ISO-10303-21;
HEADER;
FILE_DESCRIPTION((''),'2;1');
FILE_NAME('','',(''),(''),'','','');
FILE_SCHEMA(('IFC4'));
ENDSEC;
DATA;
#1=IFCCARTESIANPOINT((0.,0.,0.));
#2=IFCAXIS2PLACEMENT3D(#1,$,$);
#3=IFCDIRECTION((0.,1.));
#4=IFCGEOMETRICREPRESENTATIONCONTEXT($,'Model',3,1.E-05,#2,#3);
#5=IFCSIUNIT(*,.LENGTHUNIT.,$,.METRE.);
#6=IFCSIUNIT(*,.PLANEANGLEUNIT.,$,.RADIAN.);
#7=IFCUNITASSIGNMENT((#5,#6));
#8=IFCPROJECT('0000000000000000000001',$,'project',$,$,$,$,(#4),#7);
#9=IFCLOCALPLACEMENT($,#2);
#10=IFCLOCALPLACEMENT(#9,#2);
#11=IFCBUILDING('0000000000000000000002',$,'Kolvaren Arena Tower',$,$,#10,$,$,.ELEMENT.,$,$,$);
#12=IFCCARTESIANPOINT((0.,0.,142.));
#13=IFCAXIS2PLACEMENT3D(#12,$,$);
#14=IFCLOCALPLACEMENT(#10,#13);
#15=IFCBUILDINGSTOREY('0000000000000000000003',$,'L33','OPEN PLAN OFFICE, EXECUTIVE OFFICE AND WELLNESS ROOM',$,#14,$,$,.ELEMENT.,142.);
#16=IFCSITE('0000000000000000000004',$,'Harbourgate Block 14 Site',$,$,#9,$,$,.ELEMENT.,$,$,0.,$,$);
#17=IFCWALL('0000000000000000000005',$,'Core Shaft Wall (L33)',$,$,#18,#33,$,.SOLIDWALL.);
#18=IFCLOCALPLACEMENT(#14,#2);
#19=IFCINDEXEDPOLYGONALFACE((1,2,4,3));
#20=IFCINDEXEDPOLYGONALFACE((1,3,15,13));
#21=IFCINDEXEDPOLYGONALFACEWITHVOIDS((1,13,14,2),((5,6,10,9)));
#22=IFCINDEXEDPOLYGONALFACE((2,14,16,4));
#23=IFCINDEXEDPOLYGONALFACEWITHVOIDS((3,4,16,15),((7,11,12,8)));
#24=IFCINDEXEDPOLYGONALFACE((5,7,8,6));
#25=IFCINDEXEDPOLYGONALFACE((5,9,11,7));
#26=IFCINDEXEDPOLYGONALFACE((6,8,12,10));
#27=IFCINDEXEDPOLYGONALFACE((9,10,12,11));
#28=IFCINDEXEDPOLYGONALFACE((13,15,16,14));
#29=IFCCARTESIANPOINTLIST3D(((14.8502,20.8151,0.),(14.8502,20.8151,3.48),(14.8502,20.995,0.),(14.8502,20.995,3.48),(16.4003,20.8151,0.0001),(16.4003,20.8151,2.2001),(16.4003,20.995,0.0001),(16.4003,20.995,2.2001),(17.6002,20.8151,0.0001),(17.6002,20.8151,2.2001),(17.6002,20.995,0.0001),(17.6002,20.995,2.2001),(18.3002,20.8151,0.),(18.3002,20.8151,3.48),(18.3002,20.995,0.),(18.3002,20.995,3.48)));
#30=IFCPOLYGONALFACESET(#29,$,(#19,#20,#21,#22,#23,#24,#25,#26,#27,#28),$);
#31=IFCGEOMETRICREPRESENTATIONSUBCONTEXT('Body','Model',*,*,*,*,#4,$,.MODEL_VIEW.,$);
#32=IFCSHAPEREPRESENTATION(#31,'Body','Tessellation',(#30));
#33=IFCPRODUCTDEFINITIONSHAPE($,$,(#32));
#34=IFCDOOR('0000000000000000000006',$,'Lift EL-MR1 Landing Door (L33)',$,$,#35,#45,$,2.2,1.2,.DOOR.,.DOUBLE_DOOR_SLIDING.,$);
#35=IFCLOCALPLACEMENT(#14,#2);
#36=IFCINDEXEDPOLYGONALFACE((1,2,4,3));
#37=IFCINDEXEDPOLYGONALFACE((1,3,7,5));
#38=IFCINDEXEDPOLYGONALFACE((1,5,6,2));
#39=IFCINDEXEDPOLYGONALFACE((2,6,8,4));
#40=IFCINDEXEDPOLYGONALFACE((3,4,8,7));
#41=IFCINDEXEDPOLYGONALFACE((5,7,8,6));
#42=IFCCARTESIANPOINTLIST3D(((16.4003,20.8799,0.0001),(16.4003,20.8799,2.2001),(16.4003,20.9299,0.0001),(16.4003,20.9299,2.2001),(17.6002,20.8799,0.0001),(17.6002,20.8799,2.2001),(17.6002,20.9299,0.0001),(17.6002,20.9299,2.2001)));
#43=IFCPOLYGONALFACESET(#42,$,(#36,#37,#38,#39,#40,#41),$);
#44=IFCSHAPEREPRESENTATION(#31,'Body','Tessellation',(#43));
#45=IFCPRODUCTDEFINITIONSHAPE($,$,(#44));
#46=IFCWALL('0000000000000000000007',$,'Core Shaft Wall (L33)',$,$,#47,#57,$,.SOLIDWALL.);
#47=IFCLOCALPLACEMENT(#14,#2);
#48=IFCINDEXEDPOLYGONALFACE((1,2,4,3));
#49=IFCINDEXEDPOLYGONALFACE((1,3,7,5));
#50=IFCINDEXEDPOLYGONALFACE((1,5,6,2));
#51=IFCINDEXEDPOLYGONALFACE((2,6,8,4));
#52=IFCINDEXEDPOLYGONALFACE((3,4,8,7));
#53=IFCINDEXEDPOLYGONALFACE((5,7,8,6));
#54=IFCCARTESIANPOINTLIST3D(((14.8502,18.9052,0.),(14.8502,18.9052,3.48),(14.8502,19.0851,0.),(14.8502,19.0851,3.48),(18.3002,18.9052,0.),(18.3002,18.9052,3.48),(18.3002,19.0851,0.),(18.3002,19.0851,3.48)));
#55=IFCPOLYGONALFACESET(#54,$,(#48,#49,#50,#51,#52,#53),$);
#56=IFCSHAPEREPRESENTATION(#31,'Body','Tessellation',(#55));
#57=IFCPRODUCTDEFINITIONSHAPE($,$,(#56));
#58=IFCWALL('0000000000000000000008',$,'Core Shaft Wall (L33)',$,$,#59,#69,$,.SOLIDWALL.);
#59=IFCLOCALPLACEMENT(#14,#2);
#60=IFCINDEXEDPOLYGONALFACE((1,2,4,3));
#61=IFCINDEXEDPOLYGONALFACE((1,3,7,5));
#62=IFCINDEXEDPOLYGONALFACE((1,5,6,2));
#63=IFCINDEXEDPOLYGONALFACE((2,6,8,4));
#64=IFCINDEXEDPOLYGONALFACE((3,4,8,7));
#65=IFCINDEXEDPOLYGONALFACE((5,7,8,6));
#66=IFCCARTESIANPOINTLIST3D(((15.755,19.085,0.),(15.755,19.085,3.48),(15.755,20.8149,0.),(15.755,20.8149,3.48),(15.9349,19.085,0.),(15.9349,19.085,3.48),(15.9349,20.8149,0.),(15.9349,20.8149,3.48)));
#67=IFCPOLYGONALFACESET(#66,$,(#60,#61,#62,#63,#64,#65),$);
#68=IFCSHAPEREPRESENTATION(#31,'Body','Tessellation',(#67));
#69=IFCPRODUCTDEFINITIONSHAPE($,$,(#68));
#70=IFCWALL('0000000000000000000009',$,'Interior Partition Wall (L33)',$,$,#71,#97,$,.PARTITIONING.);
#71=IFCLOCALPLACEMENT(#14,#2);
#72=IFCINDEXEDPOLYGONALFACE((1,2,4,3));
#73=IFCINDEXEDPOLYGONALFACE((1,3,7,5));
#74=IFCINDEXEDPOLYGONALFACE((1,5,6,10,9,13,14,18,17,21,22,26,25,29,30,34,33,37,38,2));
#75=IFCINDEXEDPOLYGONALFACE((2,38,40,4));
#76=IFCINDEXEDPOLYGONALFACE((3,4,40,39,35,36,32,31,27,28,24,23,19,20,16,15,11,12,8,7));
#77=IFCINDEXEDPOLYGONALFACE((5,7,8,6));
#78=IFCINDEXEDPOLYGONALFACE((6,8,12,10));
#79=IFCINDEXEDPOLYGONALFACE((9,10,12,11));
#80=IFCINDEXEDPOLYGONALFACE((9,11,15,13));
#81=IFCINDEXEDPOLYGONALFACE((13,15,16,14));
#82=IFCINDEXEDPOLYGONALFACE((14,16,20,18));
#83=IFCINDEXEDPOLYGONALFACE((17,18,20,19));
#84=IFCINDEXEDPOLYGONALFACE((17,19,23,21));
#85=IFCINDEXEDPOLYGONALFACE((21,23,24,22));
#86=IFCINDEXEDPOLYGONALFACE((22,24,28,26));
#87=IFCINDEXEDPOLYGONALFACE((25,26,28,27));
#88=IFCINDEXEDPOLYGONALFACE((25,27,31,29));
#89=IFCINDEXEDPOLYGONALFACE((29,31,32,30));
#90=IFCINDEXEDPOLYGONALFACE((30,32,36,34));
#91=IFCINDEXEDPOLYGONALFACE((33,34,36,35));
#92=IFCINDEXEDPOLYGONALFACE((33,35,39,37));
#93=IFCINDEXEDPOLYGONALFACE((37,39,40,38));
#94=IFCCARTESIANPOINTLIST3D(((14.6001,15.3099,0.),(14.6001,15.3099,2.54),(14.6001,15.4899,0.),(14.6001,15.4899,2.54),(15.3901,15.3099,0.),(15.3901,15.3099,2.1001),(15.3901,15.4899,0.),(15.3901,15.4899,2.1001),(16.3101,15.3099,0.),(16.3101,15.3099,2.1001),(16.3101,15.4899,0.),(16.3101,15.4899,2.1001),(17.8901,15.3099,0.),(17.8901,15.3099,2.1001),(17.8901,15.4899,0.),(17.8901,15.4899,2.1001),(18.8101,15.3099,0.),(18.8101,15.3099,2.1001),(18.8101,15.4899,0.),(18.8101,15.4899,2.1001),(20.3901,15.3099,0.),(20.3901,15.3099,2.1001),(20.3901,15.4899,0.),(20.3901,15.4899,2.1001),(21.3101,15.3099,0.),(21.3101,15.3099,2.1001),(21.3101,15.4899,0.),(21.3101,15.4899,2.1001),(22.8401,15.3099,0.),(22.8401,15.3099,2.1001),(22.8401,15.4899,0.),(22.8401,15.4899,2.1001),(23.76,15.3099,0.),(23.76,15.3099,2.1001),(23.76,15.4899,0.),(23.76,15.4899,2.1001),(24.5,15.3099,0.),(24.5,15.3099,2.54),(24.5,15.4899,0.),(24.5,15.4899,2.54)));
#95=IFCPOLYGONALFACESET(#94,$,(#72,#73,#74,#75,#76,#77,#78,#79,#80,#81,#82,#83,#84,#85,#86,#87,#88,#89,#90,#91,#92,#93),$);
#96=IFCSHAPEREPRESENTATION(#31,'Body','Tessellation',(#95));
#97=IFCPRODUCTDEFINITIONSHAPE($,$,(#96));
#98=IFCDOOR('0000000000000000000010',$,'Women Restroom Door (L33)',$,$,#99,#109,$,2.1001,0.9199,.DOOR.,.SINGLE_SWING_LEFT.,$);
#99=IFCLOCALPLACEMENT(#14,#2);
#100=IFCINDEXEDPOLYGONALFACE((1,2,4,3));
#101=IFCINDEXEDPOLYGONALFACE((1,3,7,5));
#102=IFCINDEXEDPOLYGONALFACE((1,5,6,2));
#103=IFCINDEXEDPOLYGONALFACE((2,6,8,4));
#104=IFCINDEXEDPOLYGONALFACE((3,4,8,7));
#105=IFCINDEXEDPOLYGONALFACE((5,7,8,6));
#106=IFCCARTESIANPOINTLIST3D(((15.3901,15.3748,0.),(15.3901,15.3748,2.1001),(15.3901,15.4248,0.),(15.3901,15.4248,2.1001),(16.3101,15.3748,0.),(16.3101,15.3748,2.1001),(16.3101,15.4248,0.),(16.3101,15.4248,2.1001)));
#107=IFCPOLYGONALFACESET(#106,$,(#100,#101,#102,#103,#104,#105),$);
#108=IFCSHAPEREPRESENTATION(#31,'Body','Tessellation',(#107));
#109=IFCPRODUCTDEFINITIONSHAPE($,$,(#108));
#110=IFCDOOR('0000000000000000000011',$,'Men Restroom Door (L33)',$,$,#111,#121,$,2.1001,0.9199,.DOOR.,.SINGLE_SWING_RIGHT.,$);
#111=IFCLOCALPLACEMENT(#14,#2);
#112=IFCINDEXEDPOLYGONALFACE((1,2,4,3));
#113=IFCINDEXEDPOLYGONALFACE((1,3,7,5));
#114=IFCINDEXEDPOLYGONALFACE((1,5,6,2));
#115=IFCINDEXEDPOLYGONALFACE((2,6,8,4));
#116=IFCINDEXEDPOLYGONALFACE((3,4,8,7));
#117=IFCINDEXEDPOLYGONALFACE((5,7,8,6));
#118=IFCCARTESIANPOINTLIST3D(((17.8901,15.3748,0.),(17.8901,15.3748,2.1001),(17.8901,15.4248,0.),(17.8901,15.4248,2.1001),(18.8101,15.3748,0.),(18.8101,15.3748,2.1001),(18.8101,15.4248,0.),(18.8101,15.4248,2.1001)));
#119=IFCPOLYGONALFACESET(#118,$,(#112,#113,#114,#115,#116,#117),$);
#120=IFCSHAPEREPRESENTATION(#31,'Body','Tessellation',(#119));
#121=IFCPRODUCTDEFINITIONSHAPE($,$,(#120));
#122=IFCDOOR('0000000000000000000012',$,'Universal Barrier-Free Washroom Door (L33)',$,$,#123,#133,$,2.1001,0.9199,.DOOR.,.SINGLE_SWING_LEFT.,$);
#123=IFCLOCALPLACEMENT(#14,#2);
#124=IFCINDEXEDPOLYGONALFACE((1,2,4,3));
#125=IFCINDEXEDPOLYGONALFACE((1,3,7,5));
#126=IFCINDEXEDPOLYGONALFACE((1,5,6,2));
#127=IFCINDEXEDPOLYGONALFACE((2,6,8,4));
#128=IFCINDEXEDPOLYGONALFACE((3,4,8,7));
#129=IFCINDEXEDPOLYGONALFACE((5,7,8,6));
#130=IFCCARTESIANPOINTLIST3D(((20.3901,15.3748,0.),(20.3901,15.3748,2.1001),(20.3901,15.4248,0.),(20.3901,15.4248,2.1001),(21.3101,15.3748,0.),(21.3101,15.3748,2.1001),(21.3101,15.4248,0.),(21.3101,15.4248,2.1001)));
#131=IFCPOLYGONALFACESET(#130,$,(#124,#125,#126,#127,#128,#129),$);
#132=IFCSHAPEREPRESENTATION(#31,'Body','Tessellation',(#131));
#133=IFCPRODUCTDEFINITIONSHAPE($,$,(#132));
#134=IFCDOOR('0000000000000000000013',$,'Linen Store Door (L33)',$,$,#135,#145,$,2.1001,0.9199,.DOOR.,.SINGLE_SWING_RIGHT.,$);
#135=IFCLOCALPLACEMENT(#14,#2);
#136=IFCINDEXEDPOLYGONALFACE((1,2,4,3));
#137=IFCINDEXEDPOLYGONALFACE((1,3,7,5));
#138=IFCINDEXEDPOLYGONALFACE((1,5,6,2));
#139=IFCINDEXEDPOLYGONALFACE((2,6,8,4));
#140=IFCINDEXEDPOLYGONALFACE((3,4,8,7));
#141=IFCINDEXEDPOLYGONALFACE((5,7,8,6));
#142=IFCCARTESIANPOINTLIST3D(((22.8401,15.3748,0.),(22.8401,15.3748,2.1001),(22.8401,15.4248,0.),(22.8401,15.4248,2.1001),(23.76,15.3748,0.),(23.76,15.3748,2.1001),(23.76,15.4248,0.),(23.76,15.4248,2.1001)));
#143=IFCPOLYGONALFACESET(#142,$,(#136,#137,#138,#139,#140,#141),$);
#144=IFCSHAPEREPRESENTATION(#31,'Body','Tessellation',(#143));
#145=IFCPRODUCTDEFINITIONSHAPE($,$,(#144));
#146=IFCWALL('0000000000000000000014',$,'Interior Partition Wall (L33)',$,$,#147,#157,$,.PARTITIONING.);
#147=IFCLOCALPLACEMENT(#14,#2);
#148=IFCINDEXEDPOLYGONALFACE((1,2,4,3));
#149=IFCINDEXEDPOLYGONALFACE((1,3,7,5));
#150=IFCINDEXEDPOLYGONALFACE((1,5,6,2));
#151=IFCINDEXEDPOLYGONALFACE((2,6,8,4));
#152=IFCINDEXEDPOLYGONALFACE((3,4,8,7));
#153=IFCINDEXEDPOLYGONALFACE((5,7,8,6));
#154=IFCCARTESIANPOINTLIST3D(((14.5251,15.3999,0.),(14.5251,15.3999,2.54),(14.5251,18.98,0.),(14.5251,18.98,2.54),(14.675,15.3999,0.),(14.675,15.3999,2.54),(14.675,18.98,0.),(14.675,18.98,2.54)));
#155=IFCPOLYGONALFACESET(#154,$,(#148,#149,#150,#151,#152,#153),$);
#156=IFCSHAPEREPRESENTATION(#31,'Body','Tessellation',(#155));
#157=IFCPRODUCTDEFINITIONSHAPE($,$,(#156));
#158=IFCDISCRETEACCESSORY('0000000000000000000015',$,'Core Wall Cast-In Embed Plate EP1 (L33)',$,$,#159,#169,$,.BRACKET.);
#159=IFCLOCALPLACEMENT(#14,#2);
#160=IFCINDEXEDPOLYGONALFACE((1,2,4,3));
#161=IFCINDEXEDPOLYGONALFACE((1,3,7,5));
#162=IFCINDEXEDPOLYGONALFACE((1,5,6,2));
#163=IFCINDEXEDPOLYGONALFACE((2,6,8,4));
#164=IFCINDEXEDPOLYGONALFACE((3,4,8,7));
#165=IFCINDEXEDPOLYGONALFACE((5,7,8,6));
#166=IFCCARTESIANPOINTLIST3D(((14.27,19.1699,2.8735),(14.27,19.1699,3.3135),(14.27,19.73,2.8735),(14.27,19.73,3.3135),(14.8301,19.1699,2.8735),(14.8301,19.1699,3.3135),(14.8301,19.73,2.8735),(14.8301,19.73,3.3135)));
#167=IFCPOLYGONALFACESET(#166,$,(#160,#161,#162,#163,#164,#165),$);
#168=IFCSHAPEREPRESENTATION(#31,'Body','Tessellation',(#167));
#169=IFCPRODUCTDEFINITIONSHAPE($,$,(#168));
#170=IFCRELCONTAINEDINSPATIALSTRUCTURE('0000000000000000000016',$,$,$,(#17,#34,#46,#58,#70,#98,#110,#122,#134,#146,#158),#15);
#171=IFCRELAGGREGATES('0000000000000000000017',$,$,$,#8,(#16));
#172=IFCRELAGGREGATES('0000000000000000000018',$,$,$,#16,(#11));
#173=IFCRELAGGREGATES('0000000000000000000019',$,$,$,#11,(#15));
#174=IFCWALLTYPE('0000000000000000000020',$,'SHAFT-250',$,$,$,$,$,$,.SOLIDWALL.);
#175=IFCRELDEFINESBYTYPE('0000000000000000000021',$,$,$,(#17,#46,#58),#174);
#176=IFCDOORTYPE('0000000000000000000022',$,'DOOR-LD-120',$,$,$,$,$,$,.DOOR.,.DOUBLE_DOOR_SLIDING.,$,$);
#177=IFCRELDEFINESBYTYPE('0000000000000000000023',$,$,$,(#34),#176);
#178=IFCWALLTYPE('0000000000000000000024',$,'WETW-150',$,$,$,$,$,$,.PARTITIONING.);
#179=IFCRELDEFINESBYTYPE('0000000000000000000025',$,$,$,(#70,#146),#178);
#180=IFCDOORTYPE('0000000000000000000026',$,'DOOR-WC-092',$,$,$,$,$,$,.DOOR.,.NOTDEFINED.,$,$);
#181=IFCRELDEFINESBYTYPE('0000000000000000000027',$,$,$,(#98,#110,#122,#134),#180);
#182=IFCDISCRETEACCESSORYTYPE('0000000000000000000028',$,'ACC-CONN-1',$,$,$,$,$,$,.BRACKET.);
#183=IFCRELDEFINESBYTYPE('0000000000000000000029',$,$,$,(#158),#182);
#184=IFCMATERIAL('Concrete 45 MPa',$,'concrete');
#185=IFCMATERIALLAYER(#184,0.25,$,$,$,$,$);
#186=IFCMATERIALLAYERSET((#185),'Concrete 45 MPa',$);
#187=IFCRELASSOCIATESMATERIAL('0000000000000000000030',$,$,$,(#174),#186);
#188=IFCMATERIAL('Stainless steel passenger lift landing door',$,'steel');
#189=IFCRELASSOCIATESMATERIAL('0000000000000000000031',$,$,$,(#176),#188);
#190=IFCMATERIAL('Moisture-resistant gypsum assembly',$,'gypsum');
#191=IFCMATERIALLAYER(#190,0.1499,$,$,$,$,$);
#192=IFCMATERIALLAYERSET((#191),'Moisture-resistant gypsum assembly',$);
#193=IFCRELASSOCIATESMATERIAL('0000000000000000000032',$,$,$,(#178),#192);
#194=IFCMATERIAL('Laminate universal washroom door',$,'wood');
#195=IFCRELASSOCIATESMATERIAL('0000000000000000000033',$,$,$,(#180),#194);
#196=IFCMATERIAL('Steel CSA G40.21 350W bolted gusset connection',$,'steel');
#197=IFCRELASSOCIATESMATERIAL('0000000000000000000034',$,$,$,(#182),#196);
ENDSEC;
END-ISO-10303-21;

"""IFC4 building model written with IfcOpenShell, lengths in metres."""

from ifc_helpers import new_model, si_unit, direction, frame, frame_2d, origin, origin_2d, place, context, subcontext, project, spatial, rectangle, extrude, material, layer, layer_set, type_object, element, fill, save


model = new_model("IFC4")

# Units and contexts
model_context = context("Model", 3, precision=1e-05, world=origin(), true_north=direction((0.0, 1.0)))
body_context = subcontext(model_context, "Body", "Model", "MODEL_VIEW")
ifc_project = project(units=[si_unit("LENGTHUNIT", "METRE"), si_unit("PLANEANGLEUNIT", "RADIAN")], contexts=[model_context])

# Site, building, storey
site_placement = place(None, origin())
site = spatial("IfcSite", under=ifc_project, at=site_placement, Name="Harbourgate Block 14 Site", CompositionType="ELEMENT", RefElevation=0.0)
building_placement = place(site_placement, origin())
building = spatial("IfcBuilding", under=site, at=building_placement, Name="Kolvaren Arena Tower", CompositionType="ELEMENT")
storey_placement = place(building_placement, frame((0.0, 0.0, 142.0)))
storey = spatial("IfcBuildingStorey", under=building, at=storey_placement, Name="L33", Description="OPEN PLAN OFFICE, EXECUTIVE OFFICE AND WELLNESS ROOM", CompositionType="ELEMENT", Elevation=142.0)

# Wall, opening, door
ifc_material_1 = material(Name="Concrete 45 MPa", Category="concrete")
ifc_layer_1 = layer(ifc_material_1, 0.25)
ifc_layer_set_1 = layer_set([ifc_layer_1], Name="Concrete 45 MPa")
wall_type_1 = type_object("IfcWallType", Name="SHAFT-250", PredefinedType="SOLIDWALL", material=ifc_layer_set_1)
wall_1_placement = place(storey_placement, frame((14.8501, 20.905, 0.0), z_axis=(0.0, 0.0, 1.0), x_axis=(1.0, 0.0, 0.0)))
wall_1 = element("IfcWall", 1, at=wall_1_placement, inside=storey, type_object=wall_type_1, Name="Core Shaft Wall (L33)", PredefinedType="SOLIDWALL", context=body_context, shape_type="SweptSolid", body=[
    extrude(rectangle(XDim=3.45, YDim=0.1799, at=frame_2d((1.7251, 0.0))), origin(), (0.0, 0.0, 1.0), 3.48),
])
opening_1_placement = place(wall_1_placement, frame((1.55, 0.0, 0.0)))
opening_1 = element("IfcOpeningElement", 2, at=opening_1_placement, cuts=wall_1, PredefinedType="OPENING", context=body_context, shape_type="SweptSolid", body=[
    extrude(rectangle(XDim=1.2, YDim=2.2, at=frame_2d((0.6001, 1.1001))), frame((0.0, 0.0999, 0.0), z_axis=(0.0, -1.0, 0.0), x_axis=(1.0, 0.0, 0.0)), (0.0, 0.0, 1.0), 0.2),
])
ifc_material_2 = material(Name="Stainless steel passenger lift landing door", Category="steel")
door_type_1 = type_object("IfcDoorType", Name="DOOR-LD-120", OperationType="DOUBLE_DOOR_SLIDING", PredefinedType="DOOR", material=ifc_material_2)
door_1_placement = place(opening_1_placement, origin())
door_1 = element("IfcDoor", 3, at=door_1_placement, inside=storey, type_object=door_type_1, Name="Lift EL-MR1 Landing Door (L33)", OperationType="DOUBLE_DOOR_SLIDING", OverallHeight=2.2, OverallWidth=1.2, PredefinedType="DOOR", context=body_context, shape_type="SweptSolid", body=[
    extrude(rectangle(XDim=1.2, YDim=2.2, at=frame_2d((0.6001, 1.1001))), frame((0.0, 0.0249, 0.0), z_axis=(0.0, -1.0, 0.0), x_axis=(1.0, 0.0, 0.0)), (0.0, 0.0, 1.0), 0.05),
])
fill(opening_1, door_1)

# Walls
wall_2_placement = place(storey_placement, frame((14.8501, 18.9951, 0.0), z_axis=(0.0, 0.0, 1.0), x_axis=(1.0, 0.0, 0.0)))
element("IfcWall", 4, at=wall_2_placement, inside=storey, type_object=wall_type_1, Name="Core Shaft Wall (L33)", PredefinedType="SOLIDWALL", context=body_context, shape_type="SweptSolid", body=[
    extrude(rectangle(XDim=3.45, YDim=0.1799, at=frame_2d((1.7251, 0.0))), origin(), (0.0, 0.0, 1.0), 3.48),
])
wall_3_placement = place(storey_placement, frame((15.845, 19.085, 0.0), z_axis=(0.0, 0.0, 1.0), x_axis=(0.0, 1.0, 0.0)))
element("IfcWall", 5, at=wall_3_placement, inside=storey, type_object=wall_type_1, Name="Core Shaft Wall (L33)", PredefinedType="SOLIDWALL", context=body_context, shape_type="SweptSolid", body=[
    extrude(rectangle(XDim=1.73, YDim=0.1799, at=frame_2d((0.865, 0.0))), origin(), (0.0, 0.0, 1.0), 3.48),
])

# Wall, openings, doors
ifc_material_3 = material(Name="Moisture-resistant gypsum assembly", Category="gypsum")
ifc_layer_2 = layer(ifc_material_3, 0.1499)
ifc_layer_set_2 = layer_set([ifc_layer_2], Name="Moisture-resistant gypsum assembly")
wall_type_2 = type_object("IfcWallType", Name="WETW-150", PredefinedType="PARTITIONING", material=ifc_layer_set_2)
wall_4_placement = place(storey_placement, frame((14.6001, 15.3999, 0.0), z_axis=(0.0, 0.0, 1.0), x_axis=(1.0, 0.0, 0.0)))
wall_4 = element("IfcWall", 6, at=wall_4_placement, inside=storey, type_object=wall_type_2, Name="Interior Partition Wall (L33)", PredefinedType="PARTITIONING", context=body_context, shape_type="SweptSolid", body=[
    extrude(rectangle(XDim=9.8999, YDim=0.1799, at=frame_2d((4.95, 0.0))), origin(), (0.0, 0.0, 1.0), 2.54),
])
opening_2_placement = place(wall_4_placement, frame((0.79, 0.0, 0.0)))
opening_2 = element("IfcOpeningElement", 7, at=opening_2_placement, cuts=wall_4, PredefinedType="OPENING", context=body_context, shape_type="SweptSolid", body=[
    extrude(rectangle(XDim=0.9199, YDim=2.1001, at=frame_2d((0.46, 1.05))), frame((0.0, 0.0999, 0.0), z_axis=(0.0, -1.0, 0.0), x_axis=(1.0, 0.0, 0.0)), (0.0, 0.0, 1.0), 0.2),
])
opening_3_placement = place(wall_4_placement, frame((3.29, 0.0, 0.0)))
opening_3 = element("IfcOpeningElement", 8, at=opening_3_placement, cuts=wall_4, PredefinedType="OPENING", context=body_context, shape_type="SweptSolid", body=[
    extrude(rectangle(XDim=0.9199, YDim=2.1001, at=frame_2d((0.46, 1.05))), frame((0.0, 0.0999, 0.0), z_axis=(0.0, -1.0, 0.0), x_axis=(1.0, 0.0, 0.0)), (0.0, 0.0, 1.0), 0.2),
])
opening_4_placement = place(wall_4_placement, frame((5.79, 0.0, 0.0)))
opening_4 = element("IfcOpeningElement", 9, at=opening_4_placement, cuts=wall_4, PredefinedType="OPENING", context=body_context, shape_type="SweptSolid", body=[
    extrude(rectangle(XDim=0.9199, YDim=2.1001, at=frame_2d((0.46, 1.05))), frame((0.0, 0.0999, 0.0), z_axis=(0.0, -1.0, 0.0), x_axis=(1.0, 0.0, 0.0)), (0.0, 0.0, 1.0), 0.2),
])
opening_5_placement = place(wall_4_placement, frame((8.24, 0.0, 0.0)))
opening_5 = element("IfcOpeningElement", 10, at=opening_5_placement, cuts=wall_4, PredefinedType="OPENING", context=body_context, shape_type="SweptSolid", body=[
    extrude(rectangle(XDim=0.9199, YDim=2.1001, at=frame_2d((0.46, 1.05))), frame((0.0, 0.0999, 0.0), z_axis=(0.0, -1.0, 0.0), x_axis=(1.0, 0.0, 0.0)), (0.0, 0.0, 1.0), 0.2),
])
ifc_material_4 = material(Name="Laminate universal washroom door", Category="wood")
door_type_2 = type_object("IfcDoorType", Name="DOOR-WC-092", OperationType="NOTDEFINED", PredefinedType="DOOR", material=ifc_material_4)
door_2_placement = place(opening_2_placement, origin())
door_2 = element("IfcDoor", 11, at=door_2_placement, inside=storey, type_object=door_type_2, Name="Women Restroom Door (L33)", OperationType="SINGLE_SWING_LEFT", OverallHeight=2.1001, OverallWidth=0.9199, PredefinedType="DOOR", context=body_context, shape_type="SweptSolid", body=[
    extrude(rectangle(XDim=0.9199, YDim=2.1001, at=frame_2d((0.46, 1.05))), frame((0.0, 0.0249, 0.0), z_axis=(0.0, -1.0, 0.0), x_axis=(1.0, 0.0, 0.0)), (0.0, 0.0, 1.0), 0.05),
])
fill(opening_2, door_2)
door_3_placement = place(opening_3_placement, origin())
door_3 = element("IfcDoor", 12, at=door_3_placement, inside=storey, type_object=door_type_2, Name="Men Restroom Door (L33)", OperationType="SINGLE_SWING_RIGHT", OverallHeight=2.1001, OverallWidth=0.9199, PredefinedType="DOOR", context=body_context, shape_type="SweptSolid", body=[
    extrude(rectangle(XDim=0.9199, YDim=2.1001, at=frame_2d((0.46, 1.05))), frame((0.0, 0.0249, 0.0), z_axis=(0.0, -1.0, 0.0), x_axis=(1.0, 0.0, 0.0)), (0.0, 0.0, 1.0), 0.05),
])
fill(opening_3, door_3)
door_4_placement = place(opening_4_placement, origin())
door_4 = element("IfcDoor", 13, at=door_4_placement, inside=storey, type_object=door_type_2, Name="Universal Barrier-Free Washroom Door (L33)", OperationType="SINGLE_SWING_LEFT", OverallHeight=2.1001, OverallWidth=0.9199, PredefinedType="DOOR", context=body_context, shape_type="SweptSolid", body=[
    extrude(rectangle(XDim=0.9199, YDim=2.1001, at=frame_2d((0.46, 1.05))), frame((0.0, 0.0249, 0.0), z_axis=(0.0, -1.0, 0.0), x_axis=(1.0, 0.0, 0.0)), (0.0, 0.0, 1.0), 0.05),
])
fill(opening_4, door_4)
door_5_placement = place(opening_5_placement, origin())
door_5 = element("IfcDoor", 14, at=door_5_placement, inside=storey, type_object=door_type_2, Name="Linen Store Door (L33)", OperationType="SINGLE_SWING_RIGHT", OverallHeight=2.1001, OverallWidth=0.9199, PredefinedType="DOOR", context=body_context, shape_type="SweptSolid", body=[
    extrude(rectangle(XDim=0.9199, YDim=2.1001, at=frame_2d((0.46, 1.05))), frame((0.0, 0.0249, 0.0), z_axis=(0.0, -1.0, 0.0), x_axis=(1.0, 0.0, 0.0)), (0.0, 0.0, 1.0), 0.05),
])
fill(opening_5, door_5)

# Wall
wall_5_placement = place(storey_placement, frame((14.6001, 15.3999, 0.0), z_axis=(0.0, 0.0, 1.0), x_axis=(0.0, 1.0, 0.0)))
element("IfcWall", 15, at=wall_5_placement, inside=storey, type_object=wall_type_2, Name="Interior Partition Wall (L33)", PredefinedType="PARTITIONING", context=body_context, shape_type="SweptSolid", body=[
    extrude(rectangle(XDim=3.5801, YDim=0.1499, at=frame_2d((1.79, 0.0))), origin(), (0.0, 0.0, 1.0), 2.54),
])

# Discrete accessory
ifc_material_5 = material(Name="Steel CSA G40.21 350W bolted gusset connection", Category="steel")
discrete_accessory_type = type_object("IfcDiscreteAccessoryType", Name="ACC-CONN-1", PredefinedType="BRACKET", material=ifc_material_5)
discrete_accessory_placement = place(storey_placement, frame((14.55, 19.45, 2.8735), z_axis=(0.0, 0.0, 1.0), x_axis=(1.0, 0.0, 0.0)))
element("IfcDiscreteAccessory", 16, at=discrete_accessory_placement, inside=storey, type_object=discrete_accessory_type, Name="Core Wall Cast-In Embed Plate EP1 (L33)", PredefinedType="BRACKET", context=body_context, shape_type="SweptSolid", body=[
    extrude(rectangle(XDim=0.5601, YDim=0.5601, at=origin_2d()), origin(), (0.0, 0.0, 1.0), 0.4399),
])

save(model, "model.ifc")
